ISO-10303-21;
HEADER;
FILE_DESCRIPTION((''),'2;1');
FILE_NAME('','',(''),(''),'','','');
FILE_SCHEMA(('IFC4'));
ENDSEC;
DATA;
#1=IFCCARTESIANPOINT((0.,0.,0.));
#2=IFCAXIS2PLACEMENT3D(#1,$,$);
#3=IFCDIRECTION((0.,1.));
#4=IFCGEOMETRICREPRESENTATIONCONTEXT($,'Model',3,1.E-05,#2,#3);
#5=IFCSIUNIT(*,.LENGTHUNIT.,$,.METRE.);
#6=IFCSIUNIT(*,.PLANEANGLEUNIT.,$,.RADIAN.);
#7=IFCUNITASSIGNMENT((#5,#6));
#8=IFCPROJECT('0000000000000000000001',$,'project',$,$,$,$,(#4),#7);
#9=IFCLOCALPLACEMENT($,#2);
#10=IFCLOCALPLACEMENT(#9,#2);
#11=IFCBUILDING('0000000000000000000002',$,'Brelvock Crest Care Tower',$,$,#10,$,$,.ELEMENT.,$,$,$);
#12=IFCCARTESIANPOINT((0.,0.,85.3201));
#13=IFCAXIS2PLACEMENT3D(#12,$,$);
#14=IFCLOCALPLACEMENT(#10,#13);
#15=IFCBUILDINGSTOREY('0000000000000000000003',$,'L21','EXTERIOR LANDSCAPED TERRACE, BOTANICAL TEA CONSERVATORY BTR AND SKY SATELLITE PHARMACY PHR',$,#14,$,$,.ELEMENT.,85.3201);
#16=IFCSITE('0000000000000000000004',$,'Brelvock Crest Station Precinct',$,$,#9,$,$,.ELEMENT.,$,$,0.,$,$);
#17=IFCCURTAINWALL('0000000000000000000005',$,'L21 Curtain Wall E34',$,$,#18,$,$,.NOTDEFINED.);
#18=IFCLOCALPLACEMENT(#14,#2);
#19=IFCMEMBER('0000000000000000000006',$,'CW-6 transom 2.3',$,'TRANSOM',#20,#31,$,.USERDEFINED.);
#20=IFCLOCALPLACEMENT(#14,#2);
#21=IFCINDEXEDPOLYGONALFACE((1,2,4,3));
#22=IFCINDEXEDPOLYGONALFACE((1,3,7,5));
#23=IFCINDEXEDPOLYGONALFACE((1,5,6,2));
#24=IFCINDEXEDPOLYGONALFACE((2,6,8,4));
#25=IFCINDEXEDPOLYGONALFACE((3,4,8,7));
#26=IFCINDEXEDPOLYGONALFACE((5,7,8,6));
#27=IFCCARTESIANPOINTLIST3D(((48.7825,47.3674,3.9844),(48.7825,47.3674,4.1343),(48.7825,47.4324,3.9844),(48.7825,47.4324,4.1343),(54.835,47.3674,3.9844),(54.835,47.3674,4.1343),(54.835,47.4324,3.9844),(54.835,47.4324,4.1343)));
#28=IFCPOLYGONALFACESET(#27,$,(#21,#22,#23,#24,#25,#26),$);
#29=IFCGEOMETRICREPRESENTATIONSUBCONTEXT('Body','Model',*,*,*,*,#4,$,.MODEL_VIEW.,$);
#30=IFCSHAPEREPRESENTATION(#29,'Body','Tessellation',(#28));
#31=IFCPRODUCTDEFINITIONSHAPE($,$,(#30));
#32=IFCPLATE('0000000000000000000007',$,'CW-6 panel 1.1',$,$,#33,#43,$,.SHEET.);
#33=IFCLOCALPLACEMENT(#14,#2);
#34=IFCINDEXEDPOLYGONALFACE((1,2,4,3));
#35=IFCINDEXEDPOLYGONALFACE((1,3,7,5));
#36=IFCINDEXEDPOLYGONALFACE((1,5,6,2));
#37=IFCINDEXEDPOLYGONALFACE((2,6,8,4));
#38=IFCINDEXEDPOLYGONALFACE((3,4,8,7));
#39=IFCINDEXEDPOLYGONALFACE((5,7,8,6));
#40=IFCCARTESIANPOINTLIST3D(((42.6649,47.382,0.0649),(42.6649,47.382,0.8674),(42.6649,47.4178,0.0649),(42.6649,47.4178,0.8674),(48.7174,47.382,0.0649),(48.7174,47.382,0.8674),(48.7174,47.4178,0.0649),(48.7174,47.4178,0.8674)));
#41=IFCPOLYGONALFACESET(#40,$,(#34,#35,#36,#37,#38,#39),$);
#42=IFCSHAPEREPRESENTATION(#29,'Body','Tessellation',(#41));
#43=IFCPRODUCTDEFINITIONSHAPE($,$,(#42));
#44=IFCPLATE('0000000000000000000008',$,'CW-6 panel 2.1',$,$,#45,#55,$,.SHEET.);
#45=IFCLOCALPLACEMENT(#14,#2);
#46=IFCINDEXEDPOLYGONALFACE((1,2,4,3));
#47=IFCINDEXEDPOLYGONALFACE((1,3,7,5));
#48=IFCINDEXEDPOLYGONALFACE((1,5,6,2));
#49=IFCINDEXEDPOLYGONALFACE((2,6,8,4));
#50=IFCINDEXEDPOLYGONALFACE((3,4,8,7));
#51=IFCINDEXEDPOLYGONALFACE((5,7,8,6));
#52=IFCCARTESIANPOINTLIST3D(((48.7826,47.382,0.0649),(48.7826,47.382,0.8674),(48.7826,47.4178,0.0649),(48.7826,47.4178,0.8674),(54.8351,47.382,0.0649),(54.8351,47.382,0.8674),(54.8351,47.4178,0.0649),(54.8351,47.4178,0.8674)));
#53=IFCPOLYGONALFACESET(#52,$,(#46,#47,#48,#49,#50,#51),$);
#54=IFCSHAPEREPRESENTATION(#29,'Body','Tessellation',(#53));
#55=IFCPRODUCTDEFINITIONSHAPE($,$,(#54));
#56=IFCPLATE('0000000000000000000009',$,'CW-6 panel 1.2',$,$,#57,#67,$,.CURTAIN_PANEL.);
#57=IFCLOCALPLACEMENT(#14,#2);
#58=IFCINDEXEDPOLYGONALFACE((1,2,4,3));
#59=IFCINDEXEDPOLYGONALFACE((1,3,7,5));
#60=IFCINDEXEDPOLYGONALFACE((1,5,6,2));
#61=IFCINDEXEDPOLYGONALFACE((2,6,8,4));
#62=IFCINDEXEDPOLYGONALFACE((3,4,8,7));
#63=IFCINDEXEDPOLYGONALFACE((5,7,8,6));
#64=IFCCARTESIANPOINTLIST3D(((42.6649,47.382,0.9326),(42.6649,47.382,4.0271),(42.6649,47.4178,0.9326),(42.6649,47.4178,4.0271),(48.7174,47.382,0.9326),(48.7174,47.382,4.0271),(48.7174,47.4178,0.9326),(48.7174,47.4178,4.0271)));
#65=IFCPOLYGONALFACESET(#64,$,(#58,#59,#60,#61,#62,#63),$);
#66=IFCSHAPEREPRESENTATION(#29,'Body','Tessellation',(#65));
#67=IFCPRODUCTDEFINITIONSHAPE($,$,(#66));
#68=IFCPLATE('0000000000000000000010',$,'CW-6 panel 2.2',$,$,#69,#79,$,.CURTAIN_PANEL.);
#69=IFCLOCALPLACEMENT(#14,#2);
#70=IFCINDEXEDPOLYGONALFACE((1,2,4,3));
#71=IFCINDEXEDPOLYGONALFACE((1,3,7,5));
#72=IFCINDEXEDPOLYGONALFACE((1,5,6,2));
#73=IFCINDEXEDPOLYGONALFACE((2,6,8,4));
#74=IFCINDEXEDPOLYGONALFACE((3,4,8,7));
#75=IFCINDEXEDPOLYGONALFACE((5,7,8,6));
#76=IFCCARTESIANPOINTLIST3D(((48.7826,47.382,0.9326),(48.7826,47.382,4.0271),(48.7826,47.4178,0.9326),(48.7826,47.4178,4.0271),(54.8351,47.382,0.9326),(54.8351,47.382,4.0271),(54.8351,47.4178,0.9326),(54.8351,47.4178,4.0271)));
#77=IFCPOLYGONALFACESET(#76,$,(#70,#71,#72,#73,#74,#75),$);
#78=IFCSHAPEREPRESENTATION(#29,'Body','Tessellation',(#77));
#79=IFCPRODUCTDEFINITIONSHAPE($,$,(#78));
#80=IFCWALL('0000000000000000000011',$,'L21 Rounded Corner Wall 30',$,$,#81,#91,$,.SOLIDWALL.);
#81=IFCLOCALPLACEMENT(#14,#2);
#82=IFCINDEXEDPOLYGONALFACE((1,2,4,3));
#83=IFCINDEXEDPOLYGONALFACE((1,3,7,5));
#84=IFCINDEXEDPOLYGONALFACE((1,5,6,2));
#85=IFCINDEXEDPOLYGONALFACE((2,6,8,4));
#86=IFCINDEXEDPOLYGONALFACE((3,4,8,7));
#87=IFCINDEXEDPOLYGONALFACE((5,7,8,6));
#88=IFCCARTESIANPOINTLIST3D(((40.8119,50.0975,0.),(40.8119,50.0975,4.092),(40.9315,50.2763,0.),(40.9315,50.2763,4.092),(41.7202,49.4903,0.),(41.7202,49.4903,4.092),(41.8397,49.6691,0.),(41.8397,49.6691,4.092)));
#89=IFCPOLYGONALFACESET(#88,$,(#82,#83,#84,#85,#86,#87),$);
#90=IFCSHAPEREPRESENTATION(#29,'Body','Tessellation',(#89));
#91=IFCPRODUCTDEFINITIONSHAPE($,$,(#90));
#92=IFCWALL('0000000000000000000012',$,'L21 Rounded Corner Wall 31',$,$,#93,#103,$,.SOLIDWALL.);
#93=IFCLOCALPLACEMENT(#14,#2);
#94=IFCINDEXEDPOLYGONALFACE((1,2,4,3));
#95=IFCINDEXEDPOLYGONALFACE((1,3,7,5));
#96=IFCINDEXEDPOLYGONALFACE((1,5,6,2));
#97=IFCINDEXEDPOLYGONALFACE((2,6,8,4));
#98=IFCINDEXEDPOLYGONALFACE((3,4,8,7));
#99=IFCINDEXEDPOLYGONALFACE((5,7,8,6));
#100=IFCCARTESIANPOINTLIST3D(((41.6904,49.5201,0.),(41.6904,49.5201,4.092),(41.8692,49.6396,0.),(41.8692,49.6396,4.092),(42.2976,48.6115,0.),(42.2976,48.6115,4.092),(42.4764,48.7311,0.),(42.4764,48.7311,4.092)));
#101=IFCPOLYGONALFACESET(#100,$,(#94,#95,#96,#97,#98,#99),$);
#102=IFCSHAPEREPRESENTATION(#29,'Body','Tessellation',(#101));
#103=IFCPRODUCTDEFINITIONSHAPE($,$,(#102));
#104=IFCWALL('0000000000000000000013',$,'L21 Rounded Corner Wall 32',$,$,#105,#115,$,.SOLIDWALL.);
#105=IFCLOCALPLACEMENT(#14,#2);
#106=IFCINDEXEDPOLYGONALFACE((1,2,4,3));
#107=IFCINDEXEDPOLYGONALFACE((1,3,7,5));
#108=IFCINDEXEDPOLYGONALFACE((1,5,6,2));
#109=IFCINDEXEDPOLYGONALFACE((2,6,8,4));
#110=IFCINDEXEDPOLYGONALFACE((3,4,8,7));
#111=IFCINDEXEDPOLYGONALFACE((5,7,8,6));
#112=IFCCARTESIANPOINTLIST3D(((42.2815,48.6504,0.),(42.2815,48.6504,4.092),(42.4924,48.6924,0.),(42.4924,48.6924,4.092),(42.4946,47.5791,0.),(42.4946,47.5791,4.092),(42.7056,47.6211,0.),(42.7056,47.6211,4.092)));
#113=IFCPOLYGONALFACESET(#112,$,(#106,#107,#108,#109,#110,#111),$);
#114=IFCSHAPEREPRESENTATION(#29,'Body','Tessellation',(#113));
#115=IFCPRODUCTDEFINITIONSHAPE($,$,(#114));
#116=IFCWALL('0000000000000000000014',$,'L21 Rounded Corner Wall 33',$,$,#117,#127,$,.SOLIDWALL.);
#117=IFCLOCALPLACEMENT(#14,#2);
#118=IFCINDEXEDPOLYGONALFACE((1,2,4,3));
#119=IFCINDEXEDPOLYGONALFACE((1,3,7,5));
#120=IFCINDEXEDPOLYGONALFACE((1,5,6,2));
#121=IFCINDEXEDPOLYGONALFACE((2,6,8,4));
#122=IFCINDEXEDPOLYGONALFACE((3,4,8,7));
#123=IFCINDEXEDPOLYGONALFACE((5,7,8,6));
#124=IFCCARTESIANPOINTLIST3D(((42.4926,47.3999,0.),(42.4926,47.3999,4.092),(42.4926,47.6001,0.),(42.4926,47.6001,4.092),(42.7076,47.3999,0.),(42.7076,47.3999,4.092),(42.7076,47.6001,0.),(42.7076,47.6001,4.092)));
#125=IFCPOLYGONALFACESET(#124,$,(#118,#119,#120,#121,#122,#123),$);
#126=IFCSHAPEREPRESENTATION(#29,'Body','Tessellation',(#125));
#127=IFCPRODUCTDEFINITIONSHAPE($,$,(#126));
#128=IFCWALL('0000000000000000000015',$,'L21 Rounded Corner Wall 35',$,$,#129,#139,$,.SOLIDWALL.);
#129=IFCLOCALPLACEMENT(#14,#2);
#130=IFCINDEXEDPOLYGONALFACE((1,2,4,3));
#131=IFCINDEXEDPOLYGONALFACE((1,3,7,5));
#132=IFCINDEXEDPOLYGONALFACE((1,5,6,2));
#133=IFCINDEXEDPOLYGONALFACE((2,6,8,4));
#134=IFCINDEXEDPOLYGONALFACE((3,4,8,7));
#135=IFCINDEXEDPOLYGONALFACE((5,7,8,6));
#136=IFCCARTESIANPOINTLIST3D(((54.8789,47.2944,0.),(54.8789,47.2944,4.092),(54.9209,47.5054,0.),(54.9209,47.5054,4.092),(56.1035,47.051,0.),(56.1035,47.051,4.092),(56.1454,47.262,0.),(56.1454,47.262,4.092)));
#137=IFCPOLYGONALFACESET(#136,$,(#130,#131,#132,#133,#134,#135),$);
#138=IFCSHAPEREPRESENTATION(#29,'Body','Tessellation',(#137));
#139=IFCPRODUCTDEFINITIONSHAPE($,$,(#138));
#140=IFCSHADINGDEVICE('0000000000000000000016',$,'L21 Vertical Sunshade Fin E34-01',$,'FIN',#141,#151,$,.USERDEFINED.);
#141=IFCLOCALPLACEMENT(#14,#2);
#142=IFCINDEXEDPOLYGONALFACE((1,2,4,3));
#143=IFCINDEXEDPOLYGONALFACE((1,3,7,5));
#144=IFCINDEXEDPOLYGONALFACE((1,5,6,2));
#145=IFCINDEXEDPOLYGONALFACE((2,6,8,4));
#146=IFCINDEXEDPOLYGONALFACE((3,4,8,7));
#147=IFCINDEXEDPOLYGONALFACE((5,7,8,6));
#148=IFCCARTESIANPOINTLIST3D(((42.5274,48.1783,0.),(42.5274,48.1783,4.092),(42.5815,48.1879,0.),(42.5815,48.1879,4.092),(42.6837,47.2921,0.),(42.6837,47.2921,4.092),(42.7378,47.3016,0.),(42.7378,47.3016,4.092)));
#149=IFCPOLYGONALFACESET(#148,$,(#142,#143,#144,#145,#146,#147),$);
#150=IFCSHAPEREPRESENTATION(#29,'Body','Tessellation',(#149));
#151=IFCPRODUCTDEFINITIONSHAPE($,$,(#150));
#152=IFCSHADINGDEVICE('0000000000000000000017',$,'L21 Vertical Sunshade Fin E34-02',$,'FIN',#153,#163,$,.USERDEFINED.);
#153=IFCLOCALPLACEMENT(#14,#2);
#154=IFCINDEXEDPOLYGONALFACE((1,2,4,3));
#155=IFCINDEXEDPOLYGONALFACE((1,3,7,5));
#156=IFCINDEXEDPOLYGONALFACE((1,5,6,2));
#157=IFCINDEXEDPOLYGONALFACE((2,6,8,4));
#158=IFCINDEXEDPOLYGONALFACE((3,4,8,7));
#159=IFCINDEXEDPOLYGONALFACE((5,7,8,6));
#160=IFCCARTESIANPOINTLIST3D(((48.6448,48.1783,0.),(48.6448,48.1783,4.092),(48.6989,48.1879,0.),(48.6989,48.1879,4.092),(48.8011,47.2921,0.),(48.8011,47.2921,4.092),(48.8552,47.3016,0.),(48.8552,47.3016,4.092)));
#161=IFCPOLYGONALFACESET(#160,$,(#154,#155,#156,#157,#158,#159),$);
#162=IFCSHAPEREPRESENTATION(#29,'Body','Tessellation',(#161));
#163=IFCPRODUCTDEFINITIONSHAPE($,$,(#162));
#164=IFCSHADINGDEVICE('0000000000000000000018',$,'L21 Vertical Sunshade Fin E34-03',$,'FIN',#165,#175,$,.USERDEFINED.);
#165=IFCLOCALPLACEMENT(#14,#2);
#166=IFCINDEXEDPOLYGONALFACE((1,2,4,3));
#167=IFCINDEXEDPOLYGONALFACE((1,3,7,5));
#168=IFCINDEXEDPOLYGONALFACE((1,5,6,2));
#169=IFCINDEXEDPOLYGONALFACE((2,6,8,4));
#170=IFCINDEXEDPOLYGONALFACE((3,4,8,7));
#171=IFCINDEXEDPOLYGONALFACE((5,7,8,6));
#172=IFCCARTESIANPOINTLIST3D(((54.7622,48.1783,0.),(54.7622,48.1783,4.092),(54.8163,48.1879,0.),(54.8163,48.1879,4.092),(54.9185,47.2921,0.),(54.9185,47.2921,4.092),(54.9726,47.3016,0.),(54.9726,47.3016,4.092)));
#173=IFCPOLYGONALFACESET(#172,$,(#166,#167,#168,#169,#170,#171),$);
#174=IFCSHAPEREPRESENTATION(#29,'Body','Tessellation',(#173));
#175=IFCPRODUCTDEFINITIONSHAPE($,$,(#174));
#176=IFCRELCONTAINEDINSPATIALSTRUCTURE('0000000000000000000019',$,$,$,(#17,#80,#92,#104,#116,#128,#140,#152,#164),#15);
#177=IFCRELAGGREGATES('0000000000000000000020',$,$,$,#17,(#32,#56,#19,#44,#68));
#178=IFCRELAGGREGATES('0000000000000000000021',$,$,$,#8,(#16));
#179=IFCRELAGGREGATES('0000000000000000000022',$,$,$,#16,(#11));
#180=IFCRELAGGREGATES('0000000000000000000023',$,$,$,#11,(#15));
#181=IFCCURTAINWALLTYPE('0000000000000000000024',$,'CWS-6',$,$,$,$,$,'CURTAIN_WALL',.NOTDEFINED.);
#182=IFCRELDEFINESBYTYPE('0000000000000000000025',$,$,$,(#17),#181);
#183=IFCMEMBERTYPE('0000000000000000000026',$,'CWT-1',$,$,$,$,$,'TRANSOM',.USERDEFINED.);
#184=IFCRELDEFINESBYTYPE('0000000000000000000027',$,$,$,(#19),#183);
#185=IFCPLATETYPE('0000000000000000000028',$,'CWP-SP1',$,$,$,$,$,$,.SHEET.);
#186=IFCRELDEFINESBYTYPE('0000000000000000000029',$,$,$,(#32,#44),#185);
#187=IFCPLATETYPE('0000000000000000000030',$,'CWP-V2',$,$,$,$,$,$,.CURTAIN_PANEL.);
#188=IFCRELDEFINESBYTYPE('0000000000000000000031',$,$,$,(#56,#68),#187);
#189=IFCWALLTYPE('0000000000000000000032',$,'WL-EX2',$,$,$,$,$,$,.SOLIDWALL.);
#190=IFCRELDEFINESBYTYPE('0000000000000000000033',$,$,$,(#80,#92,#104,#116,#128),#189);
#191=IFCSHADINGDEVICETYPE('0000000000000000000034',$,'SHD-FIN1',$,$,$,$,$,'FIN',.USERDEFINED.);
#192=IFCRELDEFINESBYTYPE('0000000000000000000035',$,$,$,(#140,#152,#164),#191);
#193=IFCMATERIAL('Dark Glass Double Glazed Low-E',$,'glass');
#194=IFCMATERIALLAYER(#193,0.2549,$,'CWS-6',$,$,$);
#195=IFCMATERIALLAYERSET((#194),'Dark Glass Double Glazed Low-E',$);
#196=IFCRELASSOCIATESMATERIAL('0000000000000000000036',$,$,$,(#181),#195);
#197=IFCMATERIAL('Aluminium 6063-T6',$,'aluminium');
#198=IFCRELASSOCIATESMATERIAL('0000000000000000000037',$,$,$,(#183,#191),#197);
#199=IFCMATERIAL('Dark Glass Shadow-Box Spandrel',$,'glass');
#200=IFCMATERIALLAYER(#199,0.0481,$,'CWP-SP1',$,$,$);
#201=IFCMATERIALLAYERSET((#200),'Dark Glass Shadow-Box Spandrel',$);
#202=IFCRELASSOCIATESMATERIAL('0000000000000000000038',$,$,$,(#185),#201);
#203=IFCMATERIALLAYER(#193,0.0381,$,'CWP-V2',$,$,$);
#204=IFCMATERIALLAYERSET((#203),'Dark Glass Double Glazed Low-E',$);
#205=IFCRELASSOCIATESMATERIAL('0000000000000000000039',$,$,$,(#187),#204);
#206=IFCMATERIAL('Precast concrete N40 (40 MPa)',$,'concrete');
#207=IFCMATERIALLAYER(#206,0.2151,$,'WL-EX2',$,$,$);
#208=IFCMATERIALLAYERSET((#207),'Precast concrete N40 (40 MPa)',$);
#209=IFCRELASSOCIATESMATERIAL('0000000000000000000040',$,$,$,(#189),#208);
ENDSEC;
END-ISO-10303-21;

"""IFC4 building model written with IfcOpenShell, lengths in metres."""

from ifc_helpers import new_model, si_unit, direction, frame, frame_2d, origin, origin_2d, place, context, subcontext, project, spatial, rectangle, extrude, source, transform, mapped, material, layer, layer_set, material_profile, profile_set, type_object, element, aggregate, save


model = new_model("IFC4")

# Units and contexts
model_context = context("Model", 3, precision=1e-05, world=origin(), true_north=direction((0.0, 1.0)))
body_context = subcontext(model_context, "Body", "Model", "MODEL_VIEW")
ifc_project = project(units=[si_unit("LENGTHUNIT", "METRE"), si_unit("PLANEANGLEUNIT", "RADIAN")], contexts=[model_context])

# Site, building, storey
site_placement = place(None, origin())
site = spatial("IfcSite", under=ifc_project, at=site_placement, Name="Brelvock Crest Station Precinct", CompositionType="ELEMENT", RefElevation=0.0)
building_placement = place(site_placement, origin())
building = spatial("IfcBuilding", under=site, at=building_placement, Name="Brelvock Crest Care Tower", CompositionType="ELEMENT")
storey_placement = place(building_placement, frame((0.0, 0.0, 85.3201)))
storey = spatial("IfcBuildingStorey", under=building, at=storey_placement, Name="L21", Description="EXTERIOR LANDSCAPED TERRACE, BOTANICAL TEA CONSERVATORY BTR AND SKY SATELLITE PHARMACY PHR", CompositionType="ELEMENT", Elevation=85.3201)

# Curtain wall, member, plates
ifc_material_1 = material(Name="Dark Glass Double Glazed Low-E", Category="glass")
ifc_layer_1 = layer(ifc_material_1, 0.2549, Name="CWS-6")
ifc_layer_set_1 = layer_set([ifc_layer_1], Name="Dark Glass Double Glazed Low-E")
curtain_wall_type = type_object("IfcCurtainWallType", Name="CWS-6", ElementType="CURTAIN_WALL", PredefinedType="NOTDEFINED", material=ifc_layer_set_1)
curtain_wall_placement = place(storey_placement, origin())
curtain_wall = element("IfcCurtainWall", 1, at=curtain_wall_placement, inside=storey, type_object=curtain_wall_type, Name="L21 Curtain Wall E34", PredefinedType="NOTDEFINED")
ifc_material_2 = material(Name="Aluminium 6063-T6", Category="aluminium")
ifc_material_profile_1 = material_profile(ifc_material_2, rectangle(XDim=0.0649, YDim=0.1499, at=origin_2d()), Name="ALU65x150")
ifc_profile_set_1 = profile_set([ifc_material_profile_1], Name="Aluminium 6063-T6")
member_type_1 = type_object("IfcMemberType", Name="CWT-1", ElementType="TRANSOM", PredefinedType="USERDEFINED", material=ifc_profile_set_1)
shared_shape_1 = source(origin(), body_context, "Body", "SweptSolid", [
    extrude(rectangle(XDim=0.0649, YDim=0.1499, at=origin_2d()), origin(), (0.0, 0.0, 1.0), 6.0525),
])
member_1_placement = place(storey_placement, frame((48.7825, 47.3999, 4.0593), z_axis=(1.0, 0.0, 0.0), x_axis=(0.0, 1.0, 0.0)))
member_1 = element("IfcMember", 2, at=member_1_placement, type_object=member_type_1, Name="CW-6 transom 2.3", ObjectType="TRANSOM", PredefinedType="USERDEFINED", context=body_context, shape_type="MappedRepresentation", body=[
    mapped(shared_shape_1, transform((0.0, 0.0, 0.0), x_axis=(1.0, 0.0, 0.0), y_axis=(0.0, 1.0, 0.0), z_axis=(0.0, 0.0, 1.0), scale=1.0)),
])
ifc_material_3 = material(Name="Dark Glass Shadow-Box Spandrel", Category="glass")
ifc_layer_2 = layer(ifc_material_3, 0.0481, Name="CWP-SP1")
ifc_layer_set_2 = layer_set([ifc_layer_2], Name="Dark Glass Shadow-Box Spandrel")
plate_type_1 = type_object("IfcPlateType", Name="CWP-SP1", PredefinedType="SHEET", material=ifc_layer_set_2)
shared_shape_2 = source(origin(), body_context, "Body", "SweptSolid", [
    extrude(rectangle(XDim=6.0525, YDim=0.0359, at=origin_2d()), origin(), (0.0, 0.0, 1.0), 0.8025),
])
plate_1_placement = place(storey_placement, frame((45.6912, 47.3999, 0.0649), z_axis=(0.0, 0.0, 1.0), x_axis=(1.0, 0.0, 0.0)))
plate_1 = element("IfcPlate", 3, at=plate_1_placement, type_object=plate_type_1, Name="CW-6 panel 1.1", PredefinedType="SHEET", context=body_context, shape_type="MappedRepresentation", body=[
    mapped(shared_shape_2, transform((0.0, 0.0, 0.0), x_axis=(1.0, 0.0, 0.0), y_axis=(0.0, 1.0, 0.0), z_axis=(0.0, 0.0, 1.0), scale=1.0)),
])
plate_2_placement = place(storey_placement, frame((51.8088, 47.3999, 0.0649), z_axis=(0.0, 0.0, 1.0), x_axis=(1.0, 0.0, 0.0)))
plate_2 = element("IfcPlate", 4, at=plate_2_placement, type_object=plate_type_1, Name="CW-6 panel 2.1", PredefinedType="SHEET", context=body_context, shape_type="MappedRepresentation", body=[
    mapped(shared_shape_2, transform((0.0, 0.0, 0.0), x_axis=(1.0, 0.0, 0.0), y_axis=(0.0, 1.0, 0.0), z_axis=(0.0, 0.0, 1.0), scale=1.0)),
])
ifc_layer_3 = layer(ifc_material_1, 0.0381, Name="CWP-V2")
ifc_layer_set_3 = layer_set([ifc_layer_3], Name="Dark Glass Double Glazed Low-E")
plate_type_2 = type_object("IfcPlateType", Name="CWP-V2", PredefinedType="CURTAIN_PANEL", material=ifc_layer_set_3)
shared_shape_3 = source(origin(), body_context, "Body", "SweptSolid", [
    extrude(rectangle(XDim=6.0525, YDim=0.0359, at=origin_2d()), origin(), (0.0, 0.0, 1.0), 3.0945),
])
plate_3_placement = place(storey_placement, frame((45.6912, 47.3999, 0.9326), z_axis=(0.0, 0.0, 1.0), x_axis=(1.0, 0.0, 0.0)))
plate_3 = element("IfcPlate", 5, at=plate_3_placement, type_object=plate_type_2, Name="CW-6 panel 1.2", PredefinedType="CURTAIN_PANEL", context=body_context, shape_type="MappedRepresentation", body=[
    mapped(shared_shape_3, transform((0.0, 0.0, 0.0), x_axis=(1.0, 0.0, 0.0), y_axis=(0.0, 1.0, 0.0), z_axis=(0.0, 0.0, 1.0), scale=1.0)),
])
plate_4_placement = place(storey_placement, frame((51.8088, 47.3999, 0.9326), z_axis=(0.0, 0.0, 1.0), x_axis=(1.0, 0.0, 0.0)))
plate_4 = element("IfcPlate", 6, at=plate_4_placement, type_object=plate_type_2, Name="CW-6 panel 2.2", PredefinedType="CURTAIN_PANEL", context=body_context, shape_type="MappedRepresentation", body=[
    mapped(shared_shape_3, transform((0.0, 0.0, 0.0), x_axis=(1.0, 0.0, 0.0), y_axis=(0.0, 1.0, 0.0), z_axis=(0.0, 0.0, 1.0), scale=1.0)),
])
aggregate(curtain_wall, [plate_1, plate_3, member_1, plate_2, plate_4])

# Walls
ifc_material_4 = material(Name="Precast concrete N40 (40 MPa)", Category="concrete")
ifc_layer_4 = layer(ifc_material_4, 0.2151, Name="WL-EX2")
ifc_layer_set_4 = layer_set([ifc_layer_4], Name="Precast concrete N40 (40 MPa)")
wall_type = type_object("IfcWallType", Name="WL-EX2", PredefinedType="SOLIDWALL", material=ifc_layer_set_4)
wall_1_placement = place(storey_placement, frame((40.8716, 50.187, 0.0), z_axis=(0.0, 0.0, 1.0), x_axis=(0.831328, -0.555783, 0.0)))
element("IfcWall", 7, at=wall_1_placement, inside=storey, type_object=wall_type, Name="L21 Rounded Corner Wall 30", PredefinedType="SOLIDWALL", context=body_context, shape_type="SweptSolid", body=[
    extrude(rectangle(XDim=1.0925, YDim=0.2151, at=frame_2d((0.5464, 0.0))), origin(), (0.0, 0.0, 1.0), 4.092),
])
wall_2_placement = place(storey_placement, frame((41.7798, 49.5798, 0.0), z_axis=(0.0, 0.0, 1.0), x_axis=(0.555679, -0.831397, 0.0)))
element("IfcWall", 8, at=wall_2_placement, inside=storey, type_object=wall_type, Name="L21 Rounded Corner Wall 31", PredefinedType="SOLIDWALL", context=body_context, shape_type="SweptSolid", body=[
    extrude(rectangle(XDim=1.0928, YDim=0.2151, at=frame_2d((0.5464, 0.0))), origin(), (0.0, 0.0, 1.0), 4.092),
])
wall_3_placement = place(storey_placement, frame((42.387, 48.6714, 0.0), z_axis=(0.0, 0.0, 1.0), x_axis=(0.195127, -0.980778, 0.0)))
element("IfcWall", 9, at=wall_3_placement, inside=storey, type_object=wall_type, Name="L21 Rounded Corner Wall 32", PredefinedType="SOLIDWALL", context=body_context, shape_type="SweptSolid", body=[
    extrude(rectangle(XDim=1.0923, YDim=0.2151, at=frame_2d((0.5461, 0.0))), origin(), (0.0, 0.0, 1.0), 4.092),
])
wall_4_placement = place(storey_placement, frame((42.6001, 47.6001, 0.0), z_axis=(0.0, 0.0, 1.0), x_axis=(0.0, -1.0, 0.0)))
element("IfcWall", 10, at=wall_4_placement, inside=storey, type_object=wall_type, Name="L21 Rounded Corner Wall 33", PredefinedType="SOLIDWALL", context=body_context, shape_type="SweptSolid", body=[
    extrude(rectangle(XDim=0.2002, YDim=0.2151, at=frame_2d((0.1001, 0.0))), origin(), (0.0, 0.0, 1.0), 4.092),
])
wall_5_placement = place(storey_placement, frame((54.8999, 47.3999, 0.0), z_axis=(0.0, 0.0, 1.0), x_axis=(0.980813, -0.19495, 0.0)))
element("IfcWall", 11, at=wall_5_placement, inside=storey, type_object=wall_type, Name="L21 Rounded Corner Wall 35", PredefinedType="SOLIDWALL", context=body_context, shape_type="SweptSolid", body=[
    extrude(rectangle(XDim=1.2485, YDim=0.2151, at=frame_2d((0.6243, 0.0))), origin(), (0.0, 0.0, 1.0), 4.092),
])

# Shading devices
ifc_material_profile_2 = material_profile(ifc_material_2, rectangle(XDim=0.0549, YDim=0.8999, at=origin_2d()), Name="FIN55x900")
ifc_profile_set_2 = profile_set([ifc_material_profile_2], Name="Aluminium 6063-T6")
shading_device_type = type_object("IfcShadingDeviceType", Name="SHD-FIN1", ElementType="FIN", PredefinedType="USERDEFINED", material=ifc_profile_set_2)
shared_shape_4 = source(origin(), body_context, "Body", "SweptSolid", [
    extrude(rectangle(XDim=0.0549, YDim=0.8999, at=origin_2d()), origin(), (0.0, 0.0, 1.0), 4.092),
])
for number, where, z_axis, x_axis, name in (
    (12, (42.6326, 47.74, 0.0), (0.0, 0.0, 1.0), (0.984808, 0.173648, 0.0), "L21 Vertical Sunshade Fin E34-01"),
    (13, (48.75, 47.74, 0.0), (0.0, 0.0, 1.0), (0.984808, 0.173648, 0.0), "L21 Vertical Sunshade Fin E34-02"),
    (14, (54.8674, 47.74, 0.0), (0.0, 0.0, 1.0), (0.984808, 0.173648, 0.0), "L21 Vertical Sunshade Fin E34-03"),
):
    element("IfcShadingDevice", number, at=place(storey_placement, frame(where, z_axis=z_axis, x_axis=x_axis)), inside=storey, type_object=shading_device_type, Name=name, ObjectType="FIN", PredefinedType="USERDEFINED", context=body_context, shape_type="MappedRepresentation", body=[
        mapped(shared_shape_4, transform((0.0, 0.0, 0.0), x_axis=(1.0, 0.0, 0.0), y_axis=(0.0, 1.0, 0.0), z_axis=(0.0, 0.0, 1.0), scale=1.0)),
    ])

save(model, "model.ifc")
